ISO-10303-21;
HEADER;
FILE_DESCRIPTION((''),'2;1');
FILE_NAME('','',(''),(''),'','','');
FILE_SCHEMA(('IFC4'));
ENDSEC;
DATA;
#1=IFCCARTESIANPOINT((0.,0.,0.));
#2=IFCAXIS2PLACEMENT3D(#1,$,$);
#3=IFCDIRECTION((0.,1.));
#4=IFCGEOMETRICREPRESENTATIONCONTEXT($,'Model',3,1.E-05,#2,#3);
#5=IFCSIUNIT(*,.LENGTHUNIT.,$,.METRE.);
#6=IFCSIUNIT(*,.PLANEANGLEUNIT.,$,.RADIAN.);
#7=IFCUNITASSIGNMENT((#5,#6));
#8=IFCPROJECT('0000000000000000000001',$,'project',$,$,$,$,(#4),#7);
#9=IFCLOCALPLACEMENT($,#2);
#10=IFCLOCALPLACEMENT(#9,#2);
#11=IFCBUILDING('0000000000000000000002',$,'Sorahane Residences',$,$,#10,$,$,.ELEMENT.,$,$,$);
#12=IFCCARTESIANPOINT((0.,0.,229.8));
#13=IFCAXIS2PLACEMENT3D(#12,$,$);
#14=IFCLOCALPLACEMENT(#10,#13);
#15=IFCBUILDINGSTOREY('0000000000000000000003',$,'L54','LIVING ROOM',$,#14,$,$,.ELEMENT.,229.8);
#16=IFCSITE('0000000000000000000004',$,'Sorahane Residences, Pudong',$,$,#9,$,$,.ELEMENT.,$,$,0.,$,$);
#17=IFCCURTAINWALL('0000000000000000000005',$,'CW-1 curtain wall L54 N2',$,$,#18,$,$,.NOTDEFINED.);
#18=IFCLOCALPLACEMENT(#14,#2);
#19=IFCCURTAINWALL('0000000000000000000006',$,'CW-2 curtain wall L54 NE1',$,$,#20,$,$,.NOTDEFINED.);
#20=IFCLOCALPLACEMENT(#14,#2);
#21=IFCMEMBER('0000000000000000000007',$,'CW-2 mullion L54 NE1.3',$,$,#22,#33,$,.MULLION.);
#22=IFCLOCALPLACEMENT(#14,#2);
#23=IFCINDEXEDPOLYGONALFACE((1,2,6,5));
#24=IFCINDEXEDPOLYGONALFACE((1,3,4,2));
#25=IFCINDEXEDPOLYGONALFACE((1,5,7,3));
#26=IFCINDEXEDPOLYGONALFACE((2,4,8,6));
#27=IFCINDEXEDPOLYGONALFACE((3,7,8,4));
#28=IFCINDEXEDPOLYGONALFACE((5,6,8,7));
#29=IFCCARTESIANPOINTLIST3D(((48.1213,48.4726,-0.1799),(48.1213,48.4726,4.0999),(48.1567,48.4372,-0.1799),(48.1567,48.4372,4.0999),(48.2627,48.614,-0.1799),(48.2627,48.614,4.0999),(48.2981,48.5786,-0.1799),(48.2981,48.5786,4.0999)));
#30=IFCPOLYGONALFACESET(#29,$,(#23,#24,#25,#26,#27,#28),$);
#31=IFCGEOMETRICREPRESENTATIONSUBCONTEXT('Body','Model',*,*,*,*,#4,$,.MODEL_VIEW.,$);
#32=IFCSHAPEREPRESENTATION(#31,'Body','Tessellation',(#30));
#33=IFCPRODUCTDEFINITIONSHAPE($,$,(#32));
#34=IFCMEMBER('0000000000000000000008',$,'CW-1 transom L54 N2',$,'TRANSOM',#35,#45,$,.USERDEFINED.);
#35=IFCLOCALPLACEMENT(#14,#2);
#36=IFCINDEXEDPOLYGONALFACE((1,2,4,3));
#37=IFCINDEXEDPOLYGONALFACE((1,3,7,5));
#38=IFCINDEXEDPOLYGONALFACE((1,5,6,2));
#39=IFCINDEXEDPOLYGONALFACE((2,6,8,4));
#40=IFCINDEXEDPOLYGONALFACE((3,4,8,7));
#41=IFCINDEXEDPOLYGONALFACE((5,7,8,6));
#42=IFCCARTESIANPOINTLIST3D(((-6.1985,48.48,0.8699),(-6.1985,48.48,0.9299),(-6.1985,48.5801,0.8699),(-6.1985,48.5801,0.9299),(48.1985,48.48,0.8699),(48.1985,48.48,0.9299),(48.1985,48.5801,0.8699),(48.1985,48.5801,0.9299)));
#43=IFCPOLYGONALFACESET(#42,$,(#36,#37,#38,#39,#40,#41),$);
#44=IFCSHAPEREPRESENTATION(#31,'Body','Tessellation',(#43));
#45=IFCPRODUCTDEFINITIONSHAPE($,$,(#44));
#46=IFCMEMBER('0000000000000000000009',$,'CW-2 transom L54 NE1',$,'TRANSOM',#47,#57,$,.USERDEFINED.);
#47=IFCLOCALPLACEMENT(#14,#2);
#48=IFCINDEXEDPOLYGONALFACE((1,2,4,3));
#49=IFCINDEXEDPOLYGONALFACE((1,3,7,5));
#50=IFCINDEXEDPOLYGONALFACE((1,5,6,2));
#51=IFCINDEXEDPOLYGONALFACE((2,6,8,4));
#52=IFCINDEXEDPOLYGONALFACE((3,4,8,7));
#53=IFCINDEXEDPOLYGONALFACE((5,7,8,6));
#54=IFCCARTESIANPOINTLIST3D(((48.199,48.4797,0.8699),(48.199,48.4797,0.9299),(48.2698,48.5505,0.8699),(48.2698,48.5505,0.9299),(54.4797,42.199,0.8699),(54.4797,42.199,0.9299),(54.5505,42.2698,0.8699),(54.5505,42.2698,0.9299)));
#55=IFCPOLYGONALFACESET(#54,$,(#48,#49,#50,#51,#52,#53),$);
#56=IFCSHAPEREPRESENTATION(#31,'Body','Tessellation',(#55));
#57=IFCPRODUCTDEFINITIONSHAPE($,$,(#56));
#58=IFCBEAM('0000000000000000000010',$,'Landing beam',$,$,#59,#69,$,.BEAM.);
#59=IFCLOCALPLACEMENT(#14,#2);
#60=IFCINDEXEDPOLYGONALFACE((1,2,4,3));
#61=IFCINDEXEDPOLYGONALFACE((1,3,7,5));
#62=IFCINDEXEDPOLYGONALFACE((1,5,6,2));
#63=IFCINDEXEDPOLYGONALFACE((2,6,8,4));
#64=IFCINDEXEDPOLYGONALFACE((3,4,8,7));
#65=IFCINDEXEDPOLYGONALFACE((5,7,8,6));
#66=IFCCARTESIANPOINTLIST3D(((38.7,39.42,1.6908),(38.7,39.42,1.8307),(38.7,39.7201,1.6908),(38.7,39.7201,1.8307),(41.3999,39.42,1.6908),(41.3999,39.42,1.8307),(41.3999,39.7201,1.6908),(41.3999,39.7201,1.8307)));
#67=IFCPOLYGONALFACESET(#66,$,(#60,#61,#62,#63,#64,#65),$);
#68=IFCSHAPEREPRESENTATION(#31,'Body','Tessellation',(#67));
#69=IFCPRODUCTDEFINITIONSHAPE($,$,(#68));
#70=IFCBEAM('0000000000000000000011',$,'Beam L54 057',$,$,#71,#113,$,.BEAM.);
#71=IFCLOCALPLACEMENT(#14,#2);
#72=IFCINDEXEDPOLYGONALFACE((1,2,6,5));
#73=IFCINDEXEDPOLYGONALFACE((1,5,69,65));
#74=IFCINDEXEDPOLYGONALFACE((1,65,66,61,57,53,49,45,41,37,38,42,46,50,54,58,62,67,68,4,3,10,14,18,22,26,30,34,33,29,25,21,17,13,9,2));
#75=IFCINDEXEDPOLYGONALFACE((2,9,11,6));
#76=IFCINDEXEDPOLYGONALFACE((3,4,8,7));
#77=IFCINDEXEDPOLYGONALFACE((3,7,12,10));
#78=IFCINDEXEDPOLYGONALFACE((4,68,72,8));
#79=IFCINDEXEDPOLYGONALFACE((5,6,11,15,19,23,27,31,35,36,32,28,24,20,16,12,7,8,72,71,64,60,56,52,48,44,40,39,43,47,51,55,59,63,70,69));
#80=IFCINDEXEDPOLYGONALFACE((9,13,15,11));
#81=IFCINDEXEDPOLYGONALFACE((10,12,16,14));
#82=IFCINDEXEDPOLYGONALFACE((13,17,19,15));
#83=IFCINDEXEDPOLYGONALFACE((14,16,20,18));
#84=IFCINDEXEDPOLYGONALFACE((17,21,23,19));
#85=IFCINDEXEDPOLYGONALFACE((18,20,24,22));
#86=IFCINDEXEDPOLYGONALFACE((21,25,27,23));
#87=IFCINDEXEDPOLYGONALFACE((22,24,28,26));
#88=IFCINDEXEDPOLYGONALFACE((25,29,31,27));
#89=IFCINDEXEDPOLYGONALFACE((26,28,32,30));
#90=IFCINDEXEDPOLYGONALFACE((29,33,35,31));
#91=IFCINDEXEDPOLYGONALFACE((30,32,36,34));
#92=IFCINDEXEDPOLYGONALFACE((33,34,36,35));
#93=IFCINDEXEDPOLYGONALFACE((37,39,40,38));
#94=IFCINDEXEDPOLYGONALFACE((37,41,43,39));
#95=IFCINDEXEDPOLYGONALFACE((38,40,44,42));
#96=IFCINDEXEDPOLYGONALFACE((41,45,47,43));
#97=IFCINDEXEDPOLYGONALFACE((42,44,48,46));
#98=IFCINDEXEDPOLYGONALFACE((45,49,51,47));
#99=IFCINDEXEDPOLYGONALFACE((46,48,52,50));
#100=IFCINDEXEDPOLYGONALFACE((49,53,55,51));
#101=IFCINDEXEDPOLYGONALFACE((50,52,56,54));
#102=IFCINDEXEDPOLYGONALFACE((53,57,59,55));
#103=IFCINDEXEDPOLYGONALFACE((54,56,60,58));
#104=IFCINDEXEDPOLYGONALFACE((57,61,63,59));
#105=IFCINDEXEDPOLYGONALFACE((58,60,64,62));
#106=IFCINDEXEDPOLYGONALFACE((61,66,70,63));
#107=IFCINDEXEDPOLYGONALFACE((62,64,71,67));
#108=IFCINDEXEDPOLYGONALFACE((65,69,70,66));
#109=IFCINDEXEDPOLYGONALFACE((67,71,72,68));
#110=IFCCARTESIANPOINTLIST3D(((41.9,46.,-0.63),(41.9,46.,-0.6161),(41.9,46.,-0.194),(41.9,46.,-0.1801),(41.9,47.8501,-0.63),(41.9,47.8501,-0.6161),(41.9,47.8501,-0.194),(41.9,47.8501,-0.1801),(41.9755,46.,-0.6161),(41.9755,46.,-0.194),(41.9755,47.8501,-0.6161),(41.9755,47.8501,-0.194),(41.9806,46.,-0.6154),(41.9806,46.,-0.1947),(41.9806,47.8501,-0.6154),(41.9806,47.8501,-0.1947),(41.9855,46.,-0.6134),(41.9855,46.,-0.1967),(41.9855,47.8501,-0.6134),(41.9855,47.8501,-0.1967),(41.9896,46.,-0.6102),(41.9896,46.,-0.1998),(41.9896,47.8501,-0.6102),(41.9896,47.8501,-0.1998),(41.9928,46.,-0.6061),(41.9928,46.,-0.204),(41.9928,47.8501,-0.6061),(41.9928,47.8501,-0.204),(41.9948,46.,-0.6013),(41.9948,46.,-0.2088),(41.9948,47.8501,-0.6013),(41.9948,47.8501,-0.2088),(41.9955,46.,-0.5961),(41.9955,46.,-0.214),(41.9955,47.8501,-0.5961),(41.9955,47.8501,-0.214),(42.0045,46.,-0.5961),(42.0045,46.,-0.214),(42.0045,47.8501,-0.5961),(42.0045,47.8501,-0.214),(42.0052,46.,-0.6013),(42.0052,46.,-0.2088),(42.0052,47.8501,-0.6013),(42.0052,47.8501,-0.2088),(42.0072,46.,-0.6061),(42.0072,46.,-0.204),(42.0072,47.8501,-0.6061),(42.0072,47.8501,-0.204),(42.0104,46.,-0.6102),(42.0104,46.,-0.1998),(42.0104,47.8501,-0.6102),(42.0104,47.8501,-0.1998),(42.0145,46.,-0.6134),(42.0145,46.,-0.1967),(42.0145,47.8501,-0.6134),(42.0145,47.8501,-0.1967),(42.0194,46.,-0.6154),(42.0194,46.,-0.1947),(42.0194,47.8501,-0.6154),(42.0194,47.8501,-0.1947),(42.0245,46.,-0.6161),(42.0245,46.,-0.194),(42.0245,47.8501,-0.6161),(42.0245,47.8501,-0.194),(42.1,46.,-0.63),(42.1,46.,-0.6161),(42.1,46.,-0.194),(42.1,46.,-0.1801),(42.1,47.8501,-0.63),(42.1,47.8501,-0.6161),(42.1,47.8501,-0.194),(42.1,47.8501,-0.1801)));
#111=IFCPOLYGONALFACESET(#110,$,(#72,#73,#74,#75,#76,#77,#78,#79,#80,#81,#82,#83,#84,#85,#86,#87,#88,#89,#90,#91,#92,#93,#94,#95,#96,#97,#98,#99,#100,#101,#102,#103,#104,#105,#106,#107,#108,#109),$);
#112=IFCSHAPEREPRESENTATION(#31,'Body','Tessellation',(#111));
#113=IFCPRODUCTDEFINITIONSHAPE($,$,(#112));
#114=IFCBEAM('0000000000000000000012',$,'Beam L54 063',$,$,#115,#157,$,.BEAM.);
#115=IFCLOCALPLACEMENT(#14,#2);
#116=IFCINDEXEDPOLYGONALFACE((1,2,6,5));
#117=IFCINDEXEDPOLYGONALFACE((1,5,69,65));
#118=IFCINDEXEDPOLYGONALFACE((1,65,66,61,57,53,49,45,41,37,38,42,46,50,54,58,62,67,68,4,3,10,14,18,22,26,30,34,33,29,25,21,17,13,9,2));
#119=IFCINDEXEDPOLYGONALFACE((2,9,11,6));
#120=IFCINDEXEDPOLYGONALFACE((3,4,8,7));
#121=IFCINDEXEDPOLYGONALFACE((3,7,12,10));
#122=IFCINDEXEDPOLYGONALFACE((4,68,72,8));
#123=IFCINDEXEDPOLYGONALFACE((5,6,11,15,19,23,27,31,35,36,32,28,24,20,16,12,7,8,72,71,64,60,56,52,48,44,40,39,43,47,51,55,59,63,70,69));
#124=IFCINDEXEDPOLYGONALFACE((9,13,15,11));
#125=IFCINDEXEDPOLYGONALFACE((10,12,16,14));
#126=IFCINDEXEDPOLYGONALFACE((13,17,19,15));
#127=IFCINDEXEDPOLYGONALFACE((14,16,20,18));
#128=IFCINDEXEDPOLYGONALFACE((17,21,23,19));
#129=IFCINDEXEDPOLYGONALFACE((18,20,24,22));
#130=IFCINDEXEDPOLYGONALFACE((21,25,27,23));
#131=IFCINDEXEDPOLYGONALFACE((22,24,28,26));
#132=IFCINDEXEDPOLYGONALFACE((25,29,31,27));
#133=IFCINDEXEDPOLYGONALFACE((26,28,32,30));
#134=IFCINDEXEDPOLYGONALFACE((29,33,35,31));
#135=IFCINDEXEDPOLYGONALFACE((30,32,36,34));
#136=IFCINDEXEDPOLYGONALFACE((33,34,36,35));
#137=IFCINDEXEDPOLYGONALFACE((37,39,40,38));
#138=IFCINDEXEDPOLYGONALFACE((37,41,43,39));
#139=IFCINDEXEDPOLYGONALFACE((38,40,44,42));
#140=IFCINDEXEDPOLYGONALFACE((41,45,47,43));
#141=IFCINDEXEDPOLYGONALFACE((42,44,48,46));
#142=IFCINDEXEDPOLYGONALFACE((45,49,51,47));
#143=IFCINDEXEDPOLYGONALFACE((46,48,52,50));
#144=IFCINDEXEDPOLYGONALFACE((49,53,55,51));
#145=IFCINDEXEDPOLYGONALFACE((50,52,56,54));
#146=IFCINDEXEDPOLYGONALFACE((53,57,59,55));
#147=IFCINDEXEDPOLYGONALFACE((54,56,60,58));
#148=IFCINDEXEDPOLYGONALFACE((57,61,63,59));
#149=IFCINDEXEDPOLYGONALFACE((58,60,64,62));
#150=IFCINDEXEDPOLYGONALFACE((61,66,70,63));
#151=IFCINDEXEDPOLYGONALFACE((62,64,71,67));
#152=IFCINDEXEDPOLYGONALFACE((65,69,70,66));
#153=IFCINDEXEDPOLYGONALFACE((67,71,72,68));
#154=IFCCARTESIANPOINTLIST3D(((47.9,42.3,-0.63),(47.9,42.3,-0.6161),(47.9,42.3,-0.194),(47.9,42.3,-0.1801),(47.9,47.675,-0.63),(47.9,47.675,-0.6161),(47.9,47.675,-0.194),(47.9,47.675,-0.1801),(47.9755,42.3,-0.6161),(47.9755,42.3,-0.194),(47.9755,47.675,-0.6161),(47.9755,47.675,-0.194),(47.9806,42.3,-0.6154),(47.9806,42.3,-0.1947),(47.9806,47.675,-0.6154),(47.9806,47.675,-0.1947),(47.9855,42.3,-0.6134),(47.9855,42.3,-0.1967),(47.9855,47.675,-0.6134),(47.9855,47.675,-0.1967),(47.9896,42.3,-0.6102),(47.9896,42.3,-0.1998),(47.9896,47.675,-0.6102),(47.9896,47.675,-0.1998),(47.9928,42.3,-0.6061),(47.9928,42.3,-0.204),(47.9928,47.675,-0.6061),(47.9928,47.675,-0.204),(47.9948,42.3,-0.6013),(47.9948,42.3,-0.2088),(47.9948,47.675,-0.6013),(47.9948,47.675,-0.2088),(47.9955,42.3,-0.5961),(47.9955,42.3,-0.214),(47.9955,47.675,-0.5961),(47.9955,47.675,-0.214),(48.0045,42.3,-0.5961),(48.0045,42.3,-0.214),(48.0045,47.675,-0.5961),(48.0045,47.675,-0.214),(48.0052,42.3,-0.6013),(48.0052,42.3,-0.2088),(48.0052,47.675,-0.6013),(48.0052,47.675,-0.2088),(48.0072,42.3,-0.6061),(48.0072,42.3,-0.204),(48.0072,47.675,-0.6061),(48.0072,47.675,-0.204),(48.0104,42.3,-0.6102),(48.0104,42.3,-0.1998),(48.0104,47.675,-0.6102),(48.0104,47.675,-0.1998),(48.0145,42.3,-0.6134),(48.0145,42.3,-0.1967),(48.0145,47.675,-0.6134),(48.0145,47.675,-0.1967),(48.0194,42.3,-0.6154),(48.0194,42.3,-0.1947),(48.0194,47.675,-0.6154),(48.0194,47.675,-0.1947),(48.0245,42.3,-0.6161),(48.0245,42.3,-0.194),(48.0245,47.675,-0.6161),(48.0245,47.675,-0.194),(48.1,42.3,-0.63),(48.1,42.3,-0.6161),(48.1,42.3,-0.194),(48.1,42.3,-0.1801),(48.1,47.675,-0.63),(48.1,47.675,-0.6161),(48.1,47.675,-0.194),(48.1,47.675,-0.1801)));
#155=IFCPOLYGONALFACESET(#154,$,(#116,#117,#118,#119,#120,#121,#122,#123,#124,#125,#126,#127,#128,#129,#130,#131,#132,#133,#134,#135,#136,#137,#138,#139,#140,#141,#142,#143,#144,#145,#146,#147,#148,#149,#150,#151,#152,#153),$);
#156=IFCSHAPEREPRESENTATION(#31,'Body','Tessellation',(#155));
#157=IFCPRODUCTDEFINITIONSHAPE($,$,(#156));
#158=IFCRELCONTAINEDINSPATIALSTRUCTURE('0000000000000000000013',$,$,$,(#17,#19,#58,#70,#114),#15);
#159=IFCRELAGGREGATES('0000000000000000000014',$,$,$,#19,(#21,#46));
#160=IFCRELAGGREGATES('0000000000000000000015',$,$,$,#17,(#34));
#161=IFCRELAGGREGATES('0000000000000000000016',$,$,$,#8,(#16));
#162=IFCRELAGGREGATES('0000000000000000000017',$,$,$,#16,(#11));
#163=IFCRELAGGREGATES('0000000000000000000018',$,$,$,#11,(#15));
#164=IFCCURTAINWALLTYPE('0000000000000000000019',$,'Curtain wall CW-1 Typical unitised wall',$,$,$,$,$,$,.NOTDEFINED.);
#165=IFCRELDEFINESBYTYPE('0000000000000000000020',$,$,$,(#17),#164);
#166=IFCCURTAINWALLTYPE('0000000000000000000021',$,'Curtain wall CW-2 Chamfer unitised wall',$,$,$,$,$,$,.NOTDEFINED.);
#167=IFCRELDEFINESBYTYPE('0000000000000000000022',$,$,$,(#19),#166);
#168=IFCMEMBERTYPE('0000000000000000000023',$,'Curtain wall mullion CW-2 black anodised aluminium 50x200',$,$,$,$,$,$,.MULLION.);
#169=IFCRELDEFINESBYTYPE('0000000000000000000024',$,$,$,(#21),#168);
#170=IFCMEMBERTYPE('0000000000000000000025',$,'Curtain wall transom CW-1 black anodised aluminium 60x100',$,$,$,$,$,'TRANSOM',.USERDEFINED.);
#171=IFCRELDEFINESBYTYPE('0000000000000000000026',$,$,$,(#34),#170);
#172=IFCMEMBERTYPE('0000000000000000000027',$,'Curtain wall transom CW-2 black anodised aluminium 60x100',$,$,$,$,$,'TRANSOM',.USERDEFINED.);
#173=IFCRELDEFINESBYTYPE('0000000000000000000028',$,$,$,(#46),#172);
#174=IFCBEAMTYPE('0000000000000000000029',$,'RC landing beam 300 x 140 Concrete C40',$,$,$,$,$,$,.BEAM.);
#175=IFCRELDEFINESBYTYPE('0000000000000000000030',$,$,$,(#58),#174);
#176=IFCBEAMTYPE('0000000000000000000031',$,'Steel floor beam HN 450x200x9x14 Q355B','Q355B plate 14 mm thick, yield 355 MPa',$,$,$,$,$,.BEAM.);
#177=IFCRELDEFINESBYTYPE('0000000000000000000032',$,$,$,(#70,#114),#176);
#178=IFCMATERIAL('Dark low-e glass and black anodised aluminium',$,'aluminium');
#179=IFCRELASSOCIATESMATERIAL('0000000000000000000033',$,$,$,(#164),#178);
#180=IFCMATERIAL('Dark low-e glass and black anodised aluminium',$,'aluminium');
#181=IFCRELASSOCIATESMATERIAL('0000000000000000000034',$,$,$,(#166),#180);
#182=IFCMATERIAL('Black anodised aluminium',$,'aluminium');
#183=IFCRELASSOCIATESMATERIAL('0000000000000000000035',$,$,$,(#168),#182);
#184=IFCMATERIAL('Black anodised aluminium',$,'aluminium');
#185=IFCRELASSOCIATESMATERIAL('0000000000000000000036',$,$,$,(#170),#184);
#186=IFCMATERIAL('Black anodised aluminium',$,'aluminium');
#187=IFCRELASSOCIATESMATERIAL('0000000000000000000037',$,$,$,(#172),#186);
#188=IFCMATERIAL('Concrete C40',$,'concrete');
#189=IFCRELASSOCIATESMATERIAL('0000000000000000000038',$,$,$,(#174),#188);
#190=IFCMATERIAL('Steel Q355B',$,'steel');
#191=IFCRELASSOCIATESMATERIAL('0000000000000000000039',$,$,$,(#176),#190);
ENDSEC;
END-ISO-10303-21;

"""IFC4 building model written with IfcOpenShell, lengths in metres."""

from ifc_helpers import new_model, si_unit, direction, frame, origin, origin_2d, place, context, subcontext, project, spatial, rectangle, i_section, extrude, material, material_profile, profile_set, type_object, element, aggregate, save


model = new_model("IFC4")

# Units and contexts
model_context = context("Model", 3, precision=1e-05, world=origin(), true_north=direction((0.0, 1.0)))
body_context = subcontext(model_context, "Body", "Model", "MODEL_VIEW")
ifc_project = project(units=[si_unit("LENGTHUNIT", "METRE"), si_unit("PLANEANGLEUNIT", "RADIAN")], contexts=[model_context])

# Site, building, storey
site_placement = place(None, origin())
site = spatial("IfcSite", under=ifc_project, at=site_placement, Name="Sorahane Residences, Pudong", CompositionType="ELEMENT", RefElevation=0.0)
building_placement = place(site_placement, origin())
building = spatial("IfcBuilding", under=site, at=building_placement, Name="Sorahane Residences", CompositionType="ELEMENT")
storey_placement = place(building_placement, frame((0.0, 0.0, 229.8)))
storey = spatial("IfcBuildingStorey", under=building, at=storey_placement, Name="L54", Description="LIVING ROOM", CompositionType="ELEMENT", Elevation=229.8)

# Curtain wall
ifc_material_1 = material(Name="Dark low-e glass and black anodised aluminium", Category="aluminium")
curtain_wall_type_1 = type_object("IfcCurtainWallType", Name="Curtain wall CW-1 Typical unitised wall", PredefinedType="NOTDEFINED", material=ifc_material_1)
curtain_wall_1_placement = place(storey_placement, origin())
curtain_wall_1 = element("IfcCurtainWall", 1, at=curtain_wall_1_placement, inside=storey, type_object=curtain_wall_type_1, Name="CW-1 curtain wall L54 N2", PredefinedType="NOTDEFINED")

# Curtain wall, member
ifc_material_2 = material(Name="Dark low-e glass and black anodised aluminium", Category="aluminium")
curtain_wall_type_2 = type_object("IfcCurtainWallType", Name="Curtain wall CW-2 Chamfer unitised wall", PredefinedType="NOTDEFINED", material=ifc_material_2)
curtain_wall_2_placement = place(storey_placement, origin())
curtain_wall_2 = element("IfcCurtainWall", 2, at=curtain_wall_2_placement, inside=storey, type_object=curtain_wall_type_2, Name="CW-2 curtain wall L54 NE1", PredefinedType="NOTDEFINED")
ifc_material_3 = material(Name="Black anodised aluminium", Category="aluminium")
ifc_material_profile_1 = material_profile(ifc_material_3, rectangle(XDim=0.2, YDim=0.05, at=origin_2d()), Name="Curtain wall mullion CW-2 black anodised aluminium 50x200")
ifc_profile_set_1 = profile_set([ifc_material_profile_1], Name="Black anodised aluminium")
member_type_1 = type_object("IfcMemberType", Name="Curtain wall mullion CW-2 black anodised aluminium 50x200", PredefinedType="MULLION", material=ifc_profile_set_1)
member_1_placement = place(storey_placement, frame((48.2097, 48.5256, -0.1799), z_axis=(0.0, 0.0, 1.0), x_axis=(0.707107, 0.707107, 0.0)))
member_1 = element("IfcMember", 3, at=member_1_placement, type_object=member_type_1, Name="CW-2 mullion L54 NE1.3", PredefinedType="MULLION", context=body_context, shape_type="SweptSolid", body=[
    extrude(rectangle(XDim=0.2, YDim=0.05, at=origin_2d()), origin(), (0.0, 0.0, 1.0), 4.2798),
])

# Members
ifc_material_4 = material(Name="Black anodised aluminium", Category="aluminium")
ifc_material_profile_2 = material_profile(ifc_material_4, rectangle(XDim=0.1001, YDim=0.0601, at=origin_2d()), Name="Curtain wall transom CW-1 black anodised aluminium 60x100")
ifc_profile_set_2 = profile_set([ifc_material_profile_2], Name="Black anodised aluminium")
member_type_2 = type_object("IfcMemberType", Name="Curtain wall transom CW-1 black anodised aluminium 60x100", ElementType="TRANSOM", PredefinedType="USERDEFINED", material=ifc_profile_set_2)
member_2_placement = place(storey_placement, frame((48.1985, 48.53, 0.8999), z_axis=(-1.0, 0.0, 0.0), x_axis=(0.0, -1.0, 0.0)))
member_2 = element("IfcMember", 4, at=member_2_placement, type_object=member_type_2, Name="CW-1 transom L54 N2", ObjectType="TRANSOM", PredefinedType="USERDEFINED", context=body_context, shape_type="SweptSolid", body=[
    extrude(rectangle(XDim=0.1001, YDim=0.0601, at=origin_2d()), origin(), (0.0, 0.0, 1.0), 54.397),
])
ifc_material_5 = material(Name="Black anodised aluminium", Category="aluminium")
ifc_material_profile_3 = material_profile(ifc_material_5, rectangle(XDim=0.1001, YDim=0.0601, at=origin_2d()), Name="Curtain wall transom CW-2 black anodised aluminium 60x100")
ifc_profile_set_3 = profile_set([ifc_material_profile_3], Name="Black anodised aluminium")
member_type_3 = type_object("IfcMemberType", Name="Curtain wall transom CW-2 black anodised aluminium 60x100", ElementType="TRANSOM", PredefinedType="USERDEFINED", material=ifc_profile_set_3)
member_3_placement = place(storey_placement, frame((54.5151, 42.2344, 0.8999), z_axis=(-0.707107, 0.707107, 0.0), x_axis=(-0.707107, -0.707107, 0.0)))
member_3 = element("IfcMember", 5, at=member_3_placement, type_object=member_type_3, Name="CW-2 transom L54 NE1", ObjectType="TRANSOM", PredefinedType="USERDEFINED", context=body_context, shape_type="SweptSolid", body=[
    extrude(rectangle(XDim=0.1001, YDim=0.0601, at=origin_2d()), origin(), (0.0, 0.0, 1.0), 8.8823),
])

# Beams
ifc_material_6 = material(Name="Concrete C40", Category="concrete")
ifc_material_profile_4 = material_profile(ifc_material_6, rectangle(XDim=0.3, YDim=0.1399, at=origin_2d()), Name="300x140")
ifc_profile_set_4 = profile_set([ifc_material_profile_4], Name="Concrete C40")
beam_type_1 = type_object("IfcBeamType", Name="RC landing beam 300 x 140 Concrete C40", PredefinedType="BEAM", material=ifc_profile_set_4)
beam_1_placement = place(storey_placement, frame((38.7, 39.5701, 1.7607), z_axis=(1.0, 0.0, 0.0), x_axis=(0.0, 1.0, 0.0)))
element("IfcBeam", 6, at=beam_1_placement, inside=storey, type_object=beam_type_1, Name="Landing beam", PredefinedType="BEAM", context=body_context, shape_type="SweptSolid", body=[
    extrude(rectangle(XDim=0.3, YDim=0.1399, at=origin_2d()), origin(), (0.0, 0.0, 1.0), 2.7),
])
ifc_material_7 = material(Name="Steel Q355B", Category="steel")
ifc_material_profile_5 = material_profile(ifc_material_7, i_section(OverallWidth=0.2, OverallDepth=0.45, WebThickness=0.009, FlangeThickness=0.0139, FilletRadius=0.02, at=origin_2d()), Name="HN 450x200x9x14")
ifc_profile_set_5 = profile_set([ifc_material_profile_5], Name="Steel Q355B")
beam_type_2 = type_object("IfcBeamType", Name="Steel floor beam HN 450x200x9x14 Q355B", Description="Q355B plate 14 mm thick, yield 355 MPa", PredefinedType="BEAM", material=ifc_profile_set_5)
beam_2_placement = place(storey_placement, frame((42.0, 46.0, -0.405), z_axis=(0.0, 1.0, 0.0), x_axis=(-1.0, 0.0, 0.0)))
element("IfcBeam", 7, at=beam_2_placement, inside=storey, type_object=beam_type_2, Name="Beam L54 057", PredefinedType="BEAM", context=body_context, shape_type="SweptSolid", body=[
    extrude(i_section(OverallWidth=0.2, OverallDepth=0.45, WebThickness=0.009, FlangeThickness=0.0139, FilletRadius=0.02, at=origin_2d()), origin(), (0.0, 0.0, 1.0), 1.8501),
])
beam_3_placement = place(storey_placement, frame((48.0, 42.3, -0.405), z_axis=(0.0, 1.0, 0.0), x_axis=(-1.0, 0.0, 0.0)))
element("IfcBeam", 8, at=beam_3_placement, inside=storey, type_object=beam_type_2, Name="Beam L54 063", PredefinedType="BEAM", context=body_context, shape_type="SweptSolid", body=[
    extrude(i_section(OverallWidth=0.2, OverallDepth=0.45, WebThickness=0.009, FlangeThickness=0.0139, FilletRadius=0.02, at=origin_2d()), origin(), (0.0, 0.0, 1.0), 5.375),
])

aggregate(curtain_wall_2, [member_1, member_3])
aggregate(curtain_wall_1, [member_2])

save(model, "model.ifc")
